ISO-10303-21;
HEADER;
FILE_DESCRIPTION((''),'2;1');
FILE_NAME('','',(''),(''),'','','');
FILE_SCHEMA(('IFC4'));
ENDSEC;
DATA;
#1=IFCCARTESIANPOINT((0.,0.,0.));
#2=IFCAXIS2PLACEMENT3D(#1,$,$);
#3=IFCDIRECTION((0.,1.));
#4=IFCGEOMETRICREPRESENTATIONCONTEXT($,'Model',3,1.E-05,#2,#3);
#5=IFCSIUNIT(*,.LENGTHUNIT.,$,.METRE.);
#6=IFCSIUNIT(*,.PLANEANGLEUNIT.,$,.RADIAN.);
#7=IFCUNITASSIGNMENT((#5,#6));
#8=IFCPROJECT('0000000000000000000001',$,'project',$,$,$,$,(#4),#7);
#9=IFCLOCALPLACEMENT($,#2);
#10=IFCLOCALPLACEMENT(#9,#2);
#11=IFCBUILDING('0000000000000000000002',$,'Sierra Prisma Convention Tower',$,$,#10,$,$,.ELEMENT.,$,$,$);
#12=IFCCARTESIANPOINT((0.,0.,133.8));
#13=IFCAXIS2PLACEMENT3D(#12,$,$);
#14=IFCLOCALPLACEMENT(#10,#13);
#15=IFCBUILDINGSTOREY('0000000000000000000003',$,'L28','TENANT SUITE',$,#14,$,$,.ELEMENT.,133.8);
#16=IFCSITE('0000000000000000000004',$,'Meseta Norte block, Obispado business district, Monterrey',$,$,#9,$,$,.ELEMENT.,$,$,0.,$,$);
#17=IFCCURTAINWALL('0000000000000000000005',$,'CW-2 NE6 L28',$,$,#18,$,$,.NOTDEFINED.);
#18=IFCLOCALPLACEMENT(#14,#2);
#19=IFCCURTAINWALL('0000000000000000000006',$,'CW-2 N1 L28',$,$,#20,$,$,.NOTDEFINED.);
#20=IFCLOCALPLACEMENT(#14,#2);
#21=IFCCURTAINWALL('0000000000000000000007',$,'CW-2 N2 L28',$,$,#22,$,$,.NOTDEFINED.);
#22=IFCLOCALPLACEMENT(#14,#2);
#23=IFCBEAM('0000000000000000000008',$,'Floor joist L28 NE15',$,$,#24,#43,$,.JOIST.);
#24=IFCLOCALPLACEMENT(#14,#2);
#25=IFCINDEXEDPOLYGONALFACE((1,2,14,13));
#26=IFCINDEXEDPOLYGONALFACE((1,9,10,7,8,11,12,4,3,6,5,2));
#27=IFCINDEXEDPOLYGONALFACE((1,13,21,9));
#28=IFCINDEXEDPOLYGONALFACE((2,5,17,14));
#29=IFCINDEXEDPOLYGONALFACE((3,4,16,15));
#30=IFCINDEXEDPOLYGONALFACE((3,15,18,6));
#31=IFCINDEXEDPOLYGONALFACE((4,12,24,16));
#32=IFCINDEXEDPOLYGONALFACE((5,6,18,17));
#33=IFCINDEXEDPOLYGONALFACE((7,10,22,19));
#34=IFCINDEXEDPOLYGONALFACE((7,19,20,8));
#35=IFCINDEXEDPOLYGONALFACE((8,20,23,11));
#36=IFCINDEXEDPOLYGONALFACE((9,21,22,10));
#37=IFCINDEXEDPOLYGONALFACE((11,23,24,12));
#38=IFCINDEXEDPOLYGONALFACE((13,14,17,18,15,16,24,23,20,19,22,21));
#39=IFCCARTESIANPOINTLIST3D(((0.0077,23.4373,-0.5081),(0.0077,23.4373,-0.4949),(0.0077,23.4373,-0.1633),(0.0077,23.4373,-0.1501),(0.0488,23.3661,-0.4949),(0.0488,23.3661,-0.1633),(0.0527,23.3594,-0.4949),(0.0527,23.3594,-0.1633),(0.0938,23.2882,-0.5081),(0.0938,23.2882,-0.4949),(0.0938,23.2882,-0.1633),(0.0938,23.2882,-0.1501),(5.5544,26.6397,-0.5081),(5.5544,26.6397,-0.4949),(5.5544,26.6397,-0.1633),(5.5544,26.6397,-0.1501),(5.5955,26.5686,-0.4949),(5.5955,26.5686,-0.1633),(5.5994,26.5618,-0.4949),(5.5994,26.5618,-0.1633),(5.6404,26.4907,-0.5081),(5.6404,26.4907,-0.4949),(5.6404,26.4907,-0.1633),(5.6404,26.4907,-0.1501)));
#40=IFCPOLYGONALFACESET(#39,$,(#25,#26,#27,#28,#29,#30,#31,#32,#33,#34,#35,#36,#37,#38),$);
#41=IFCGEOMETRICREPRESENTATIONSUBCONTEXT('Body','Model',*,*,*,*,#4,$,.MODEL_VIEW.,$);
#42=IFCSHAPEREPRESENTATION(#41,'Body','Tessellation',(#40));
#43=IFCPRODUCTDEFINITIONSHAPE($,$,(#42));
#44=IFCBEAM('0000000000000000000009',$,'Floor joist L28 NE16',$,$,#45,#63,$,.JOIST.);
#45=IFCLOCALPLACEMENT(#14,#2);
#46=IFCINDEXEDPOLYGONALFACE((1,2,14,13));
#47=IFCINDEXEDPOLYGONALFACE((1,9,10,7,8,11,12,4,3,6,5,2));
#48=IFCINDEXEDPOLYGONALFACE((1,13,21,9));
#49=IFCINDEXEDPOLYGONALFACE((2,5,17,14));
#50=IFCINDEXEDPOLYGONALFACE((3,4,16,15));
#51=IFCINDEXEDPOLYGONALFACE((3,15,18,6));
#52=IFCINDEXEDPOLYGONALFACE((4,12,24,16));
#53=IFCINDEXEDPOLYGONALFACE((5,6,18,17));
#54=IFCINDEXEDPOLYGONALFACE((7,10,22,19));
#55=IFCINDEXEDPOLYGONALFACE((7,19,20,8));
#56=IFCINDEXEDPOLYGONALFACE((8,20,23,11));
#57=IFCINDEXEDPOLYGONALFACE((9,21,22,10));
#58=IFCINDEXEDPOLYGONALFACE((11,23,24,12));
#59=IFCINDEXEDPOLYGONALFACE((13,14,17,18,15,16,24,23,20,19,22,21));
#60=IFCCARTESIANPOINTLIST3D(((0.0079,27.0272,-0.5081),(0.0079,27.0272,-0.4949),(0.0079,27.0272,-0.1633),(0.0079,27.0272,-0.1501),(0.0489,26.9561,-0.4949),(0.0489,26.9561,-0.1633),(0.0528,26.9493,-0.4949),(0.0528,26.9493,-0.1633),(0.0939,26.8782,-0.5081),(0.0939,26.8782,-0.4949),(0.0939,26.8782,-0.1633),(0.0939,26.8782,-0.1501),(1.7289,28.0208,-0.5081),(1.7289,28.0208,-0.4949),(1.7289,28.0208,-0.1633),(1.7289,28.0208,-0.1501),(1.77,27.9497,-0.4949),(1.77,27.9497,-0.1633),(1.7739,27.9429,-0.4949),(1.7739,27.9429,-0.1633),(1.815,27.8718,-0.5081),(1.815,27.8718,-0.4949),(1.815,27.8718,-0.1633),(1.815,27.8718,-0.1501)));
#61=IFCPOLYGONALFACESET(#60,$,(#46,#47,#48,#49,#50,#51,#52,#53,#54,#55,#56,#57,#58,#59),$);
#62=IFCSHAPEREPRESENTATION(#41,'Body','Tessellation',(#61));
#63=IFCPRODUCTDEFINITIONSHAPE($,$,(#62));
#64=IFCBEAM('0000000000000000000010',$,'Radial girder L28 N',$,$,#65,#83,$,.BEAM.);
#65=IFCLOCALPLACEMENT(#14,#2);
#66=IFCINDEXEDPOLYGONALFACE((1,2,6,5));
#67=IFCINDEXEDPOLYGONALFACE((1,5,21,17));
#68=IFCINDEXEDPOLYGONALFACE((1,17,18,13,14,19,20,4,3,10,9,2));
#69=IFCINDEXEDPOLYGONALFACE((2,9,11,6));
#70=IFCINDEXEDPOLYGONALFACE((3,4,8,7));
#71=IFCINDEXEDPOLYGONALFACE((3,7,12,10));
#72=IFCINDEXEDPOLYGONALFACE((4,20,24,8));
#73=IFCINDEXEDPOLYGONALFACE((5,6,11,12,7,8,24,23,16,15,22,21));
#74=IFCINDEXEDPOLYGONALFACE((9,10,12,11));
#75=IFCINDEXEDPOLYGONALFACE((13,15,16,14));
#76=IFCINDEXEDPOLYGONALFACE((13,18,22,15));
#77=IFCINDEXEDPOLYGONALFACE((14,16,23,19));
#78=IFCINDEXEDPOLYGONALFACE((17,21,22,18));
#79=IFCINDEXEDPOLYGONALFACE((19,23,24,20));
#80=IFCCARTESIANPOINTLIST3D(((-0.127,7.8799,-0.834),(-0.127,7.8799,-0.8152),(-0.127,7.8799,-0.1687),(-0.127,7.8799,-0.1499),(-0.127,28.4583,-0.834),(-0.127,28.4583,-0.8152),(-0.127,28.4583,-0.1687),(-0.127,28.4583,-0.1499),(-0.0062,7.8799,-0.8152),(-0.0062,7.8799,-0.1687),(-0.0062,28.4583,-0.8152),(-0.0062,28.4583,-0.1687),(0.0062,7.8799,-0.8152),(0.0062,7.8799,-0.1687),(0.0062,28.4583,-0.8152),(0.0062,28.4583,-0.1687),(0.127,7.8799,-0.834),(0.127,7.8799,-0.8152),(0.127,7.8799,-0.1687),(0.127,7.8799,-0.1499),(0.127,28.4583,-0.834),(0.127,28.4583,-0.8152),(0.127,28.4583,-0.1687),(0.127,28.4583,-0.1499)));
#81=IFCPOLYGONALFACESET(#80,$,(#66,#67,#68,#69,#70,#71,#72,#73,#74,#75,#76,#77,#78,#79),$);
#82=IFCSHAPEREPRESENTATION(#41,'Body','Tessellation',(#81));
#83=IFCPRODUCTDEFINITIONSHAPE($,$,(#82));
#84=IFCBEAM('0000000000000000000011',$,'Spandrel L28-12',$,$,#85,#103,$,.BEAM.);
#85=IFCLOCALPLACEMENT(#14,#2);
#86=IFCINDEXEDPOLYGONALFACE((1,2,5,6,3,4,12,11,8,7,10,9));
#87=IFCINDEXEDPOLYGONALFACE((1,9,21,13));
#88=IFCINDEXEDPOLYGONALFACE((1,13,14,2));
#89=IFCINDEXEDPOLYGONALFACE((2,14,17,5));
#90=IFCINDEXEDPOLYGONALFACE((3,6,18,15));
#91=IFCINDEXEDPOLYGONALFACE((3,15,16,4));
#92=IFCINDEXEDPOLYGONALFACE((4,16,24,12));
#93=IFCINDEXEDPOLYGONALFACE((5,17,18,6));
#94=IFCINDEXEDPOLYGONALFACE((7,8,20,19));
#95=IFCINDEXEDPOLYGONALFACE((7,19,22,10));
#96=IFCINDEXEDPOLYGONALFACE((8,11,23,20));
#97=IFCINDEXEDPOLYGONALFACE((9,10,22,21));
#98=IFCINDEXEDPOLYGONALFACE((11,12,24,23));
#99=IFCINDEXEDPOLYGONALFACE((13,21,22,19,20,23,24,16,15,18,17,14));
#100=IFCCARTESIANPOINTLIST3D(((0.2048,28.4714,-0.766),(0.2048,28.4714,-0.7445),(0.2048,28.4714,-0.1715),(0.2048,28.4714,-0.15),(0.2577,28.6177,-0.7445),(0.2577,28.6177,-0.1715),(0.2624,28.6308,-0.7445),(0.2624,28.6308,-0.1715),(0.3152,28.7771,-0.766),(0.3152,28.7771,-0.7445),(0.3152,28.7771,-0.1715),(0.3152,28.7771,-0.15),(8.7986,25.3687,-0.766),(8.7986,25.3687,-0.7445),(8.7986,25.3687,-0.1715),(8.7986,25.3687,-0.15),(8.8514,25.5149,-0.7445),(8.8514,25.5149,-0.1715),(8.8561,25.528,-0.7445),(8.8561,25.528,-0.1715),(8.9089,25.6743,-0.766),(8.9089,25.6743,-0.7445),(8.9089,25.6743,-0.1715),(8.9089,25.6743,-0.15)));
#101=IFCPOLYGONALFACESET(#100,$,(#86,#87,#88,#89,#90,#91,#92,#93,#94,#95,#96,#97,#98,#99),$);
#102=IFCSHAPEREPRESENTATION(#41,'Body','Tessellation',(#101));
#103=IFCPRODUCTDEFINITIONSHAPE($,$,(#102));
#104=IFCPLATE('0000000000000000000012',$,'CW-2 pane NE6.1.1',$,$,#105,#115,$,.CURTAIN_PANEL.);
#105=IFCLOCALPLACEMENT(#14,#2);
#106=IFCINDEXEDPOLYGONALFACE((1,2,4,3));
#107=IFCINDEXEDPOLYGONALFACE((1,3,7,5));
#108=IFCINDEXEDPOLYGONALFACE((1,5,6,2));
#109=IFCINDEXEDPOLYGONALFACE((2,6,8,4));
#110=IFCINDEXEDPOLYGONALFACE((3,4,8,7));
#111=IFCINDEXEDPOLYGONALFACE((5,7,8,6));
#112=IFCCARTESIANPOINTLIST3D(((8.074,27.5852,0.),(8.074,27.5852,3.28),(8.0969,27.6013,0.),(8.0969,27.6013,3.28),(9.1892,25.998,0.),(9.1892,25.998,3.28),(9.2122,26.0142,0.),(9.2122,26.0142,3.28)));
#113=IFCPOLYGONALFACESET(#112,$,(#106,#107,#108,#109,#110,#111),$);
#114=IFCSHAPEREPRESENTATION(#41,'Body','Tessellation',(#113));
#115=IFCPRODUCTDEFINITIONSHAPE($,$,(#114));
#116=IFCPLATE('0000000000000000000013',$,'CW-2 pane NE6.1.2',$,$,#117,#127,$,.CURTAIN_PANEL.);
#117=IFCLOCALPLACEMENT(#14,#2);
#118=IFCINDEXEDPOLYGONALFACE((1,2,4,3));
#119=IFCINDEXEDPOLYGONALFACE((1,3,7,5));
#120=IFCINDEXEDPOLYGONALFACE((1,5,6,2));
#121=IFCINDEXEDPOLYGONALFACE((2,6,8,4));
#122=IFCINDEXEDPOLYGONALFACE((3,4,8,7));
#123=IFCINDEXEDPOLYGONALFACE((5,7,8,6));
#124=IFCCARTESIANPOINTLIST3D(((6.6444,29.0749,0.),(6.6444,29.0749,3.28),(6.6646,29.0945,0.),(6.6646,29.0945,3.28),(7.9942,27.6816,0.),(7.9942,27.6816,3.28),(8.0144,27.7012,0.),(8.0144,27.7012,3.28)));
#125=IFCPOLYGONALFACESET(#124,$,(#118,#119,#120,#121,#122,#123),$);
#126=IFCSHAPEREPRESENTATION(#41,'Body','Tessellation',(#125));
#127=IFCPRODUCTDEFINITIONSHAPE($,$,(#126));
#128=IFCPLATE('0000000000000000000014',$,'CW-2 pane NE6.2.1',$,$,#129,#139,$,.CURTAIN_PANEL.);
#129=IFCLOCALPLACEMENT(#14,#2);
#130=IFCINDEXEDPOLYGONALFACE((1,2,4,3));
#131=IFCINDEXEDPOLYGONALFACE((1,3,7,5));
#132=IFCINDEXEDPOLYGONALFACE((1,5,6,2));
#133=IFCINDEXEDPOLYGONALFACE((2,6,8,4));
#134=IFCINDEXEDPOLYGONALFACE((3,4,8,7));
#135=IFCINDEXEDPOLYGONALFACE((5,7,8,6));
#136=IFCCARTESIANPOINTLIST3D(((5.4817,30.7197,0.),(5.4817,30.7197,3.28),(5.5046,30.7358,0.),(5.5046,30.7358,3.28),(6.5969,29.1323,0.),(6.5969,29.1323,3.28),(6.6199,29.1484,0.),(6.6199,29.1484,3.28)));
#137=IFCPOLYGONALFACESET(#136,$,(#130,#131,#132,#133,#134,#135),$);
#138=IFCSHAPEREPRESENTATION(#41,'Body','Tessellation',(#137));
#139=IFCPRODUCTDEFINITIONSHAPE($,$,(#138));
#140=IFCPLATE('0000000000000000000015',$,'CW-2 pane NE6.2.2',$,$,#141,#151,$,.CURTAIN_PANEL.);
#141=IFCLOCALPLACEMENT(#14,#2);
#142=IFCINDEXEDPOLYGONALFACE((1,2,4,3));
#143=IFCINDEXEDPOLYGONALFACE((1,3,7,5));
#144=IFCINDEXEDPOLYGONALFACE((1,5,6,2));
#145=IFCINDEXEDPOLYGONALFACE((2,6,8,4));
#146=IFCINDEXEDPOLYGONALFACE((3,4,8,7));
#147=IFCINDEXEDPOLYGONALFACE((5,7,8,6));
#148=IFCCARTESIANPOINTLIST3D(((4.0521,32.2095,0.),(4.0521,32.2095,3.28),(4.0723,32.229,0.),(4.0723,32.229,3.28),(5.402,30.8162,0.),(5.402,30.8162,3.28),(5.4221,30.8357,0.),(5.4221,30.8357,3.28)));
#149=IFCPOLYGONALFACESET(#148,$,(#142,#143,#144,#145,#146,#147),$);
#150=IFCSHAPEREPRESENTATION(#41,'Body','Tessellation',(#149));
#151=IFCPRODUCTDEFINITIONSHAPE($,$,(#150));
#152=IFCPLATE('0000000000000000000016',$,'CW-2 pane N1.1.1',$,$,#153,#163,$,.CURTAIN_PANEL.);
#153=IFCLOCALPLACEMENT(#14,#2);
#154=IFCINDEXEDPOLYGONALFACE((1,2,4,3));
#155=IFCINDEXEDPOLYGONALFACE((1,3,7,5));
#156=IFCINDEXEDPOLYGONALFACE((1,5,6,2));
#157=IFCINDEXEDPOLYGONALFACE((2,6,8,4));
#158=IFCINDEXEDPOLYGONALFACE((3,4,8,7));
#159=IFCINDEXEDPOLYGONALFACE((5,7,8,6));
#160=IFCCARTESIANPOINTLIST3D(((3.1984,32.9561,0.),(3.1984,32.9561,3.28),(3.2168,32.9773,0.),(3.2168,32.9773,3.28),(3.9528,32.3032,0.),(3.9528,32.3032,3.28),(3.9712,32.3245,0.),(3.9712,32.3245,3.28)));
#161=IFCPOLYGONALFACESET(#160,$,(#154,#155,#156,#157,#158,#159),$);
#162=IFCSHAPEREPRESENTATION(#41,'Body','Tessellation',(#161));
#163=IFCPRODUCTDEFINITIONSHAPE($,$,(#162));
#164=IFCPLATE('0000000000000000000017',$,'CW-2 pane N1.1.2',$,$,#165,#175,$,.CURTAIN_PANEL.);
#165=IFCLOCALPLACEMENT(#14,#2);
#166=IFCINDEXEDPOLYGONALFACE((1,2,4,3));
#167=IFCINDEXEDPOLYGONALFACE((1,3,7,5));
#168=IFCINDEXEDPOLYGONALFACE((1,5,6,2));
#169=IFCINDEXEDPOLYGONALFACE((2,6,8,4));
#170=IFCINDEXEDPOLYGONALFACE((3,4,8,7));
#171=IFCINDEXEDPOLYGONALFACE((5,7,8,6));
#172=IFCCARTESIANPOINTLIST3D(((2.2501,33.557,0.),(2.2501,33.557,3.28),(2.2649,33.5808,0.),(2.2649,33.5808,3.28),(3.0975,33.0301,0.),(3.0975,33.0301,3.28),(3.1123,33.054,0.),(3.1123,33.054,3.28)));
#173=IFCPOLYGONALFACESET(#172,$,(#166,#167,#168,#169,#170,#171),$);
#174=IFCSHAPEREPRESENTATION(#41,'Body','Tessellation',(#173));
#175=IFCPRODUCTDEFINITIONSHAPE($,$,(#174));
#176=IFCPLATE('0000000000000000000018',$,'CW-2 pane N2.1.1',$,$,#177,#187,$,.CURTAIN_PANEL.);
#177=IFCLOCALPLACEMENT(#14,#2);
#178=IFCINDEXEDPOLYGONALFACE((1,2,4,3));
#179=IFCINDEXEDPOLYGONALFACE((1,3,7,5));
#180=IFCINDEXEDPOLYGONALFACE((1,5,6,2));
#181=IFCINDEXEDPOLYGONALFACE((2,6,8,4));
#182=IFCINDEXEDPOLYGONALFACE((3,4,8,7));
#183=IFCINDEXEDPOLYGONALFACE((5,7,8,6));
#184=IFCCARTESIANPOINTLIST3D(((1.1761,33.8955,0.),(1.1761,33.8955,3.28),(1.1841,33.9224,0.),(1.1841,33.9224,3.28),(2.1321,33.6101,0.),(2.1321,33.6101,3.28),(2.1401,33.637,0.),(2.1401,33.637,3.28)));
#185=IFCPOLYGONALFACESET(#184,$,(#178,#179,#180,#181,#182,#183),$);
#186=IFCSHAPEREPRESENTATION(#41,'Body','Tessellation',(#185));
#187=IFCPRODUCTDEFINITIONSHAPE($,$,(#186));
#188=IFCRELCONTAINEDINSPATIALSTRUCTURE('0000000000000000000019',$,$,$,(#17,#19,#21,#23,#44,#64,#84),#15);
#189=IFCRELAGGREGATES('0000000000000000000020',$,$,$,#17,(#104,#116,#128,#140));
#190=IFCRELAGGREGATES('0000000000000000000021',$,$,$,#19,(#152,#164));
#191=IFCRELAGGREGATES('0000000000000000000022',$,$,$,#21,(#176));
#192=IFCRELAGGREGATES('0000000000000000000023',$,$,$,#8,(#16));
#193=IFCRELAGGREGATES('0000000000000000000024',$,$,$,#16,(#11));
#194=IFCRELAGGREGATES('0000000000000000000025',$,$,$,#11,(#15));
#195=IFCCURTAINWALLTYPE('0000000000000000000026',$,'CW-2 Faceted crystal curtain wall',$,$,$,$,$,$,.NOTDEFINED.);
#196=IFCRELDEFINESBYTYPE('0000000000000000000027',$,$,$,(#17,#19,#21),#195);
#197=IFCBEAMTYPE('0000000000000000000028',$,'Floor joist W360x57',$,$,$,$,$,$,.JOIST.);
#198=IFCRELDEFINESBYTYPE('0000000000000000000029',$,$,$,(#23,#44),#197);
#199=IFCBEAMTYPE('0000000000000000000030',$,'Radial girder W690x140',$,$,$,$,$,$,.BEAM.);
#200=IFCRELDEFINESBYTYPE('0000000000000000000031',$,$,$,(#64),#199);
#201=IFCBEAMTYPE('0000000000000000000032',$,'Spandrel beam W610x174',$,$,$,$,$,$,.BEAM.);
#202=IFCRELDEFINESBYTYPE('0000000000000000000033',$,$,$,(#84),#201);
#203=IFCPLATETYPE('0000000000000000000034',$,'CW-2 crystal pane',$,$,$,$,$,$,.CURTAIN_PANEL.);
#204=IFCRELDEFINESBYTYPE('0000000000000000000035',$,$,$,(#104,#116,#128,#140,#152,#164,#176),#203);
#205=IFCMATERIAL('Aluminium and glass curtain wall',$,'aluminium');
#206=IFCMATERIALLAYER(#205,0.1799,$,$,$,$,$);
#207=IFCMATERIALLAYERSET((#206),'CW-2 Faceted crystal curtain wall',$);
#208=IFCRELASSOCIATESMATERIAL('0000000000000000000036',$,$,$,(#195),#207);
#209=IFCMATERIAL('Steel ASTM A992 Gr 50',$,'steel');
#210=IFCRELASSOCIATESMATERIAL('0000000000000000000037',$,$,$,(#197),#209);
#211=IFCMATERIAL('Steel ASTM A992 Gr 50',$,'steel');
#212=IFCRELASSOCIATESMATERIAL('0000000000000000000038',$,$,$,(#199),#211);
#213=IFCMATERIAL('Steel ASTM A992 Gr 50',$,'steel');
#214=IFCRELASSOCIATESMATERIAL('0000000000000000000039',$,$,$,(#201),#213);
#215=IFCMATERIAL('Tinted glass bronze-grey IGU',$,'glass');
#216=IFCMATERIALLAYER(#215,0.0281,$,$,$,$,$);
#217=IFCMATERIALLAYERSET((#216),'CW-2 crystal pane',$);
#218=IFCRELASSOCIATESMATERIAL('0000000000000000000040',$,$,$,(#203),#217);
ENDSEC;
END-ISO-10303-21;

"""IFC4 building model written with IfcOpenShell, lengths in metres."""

from ifc_helpers import new_model, si_unit, direction, frame, origin, origin_2d, place, context, subcontext, project, spatial, polyline, i_section, outline, extrude, material, layer, layer_set, material_profile, profile_set, type_object, element, aggregate, save


model = new_model("IFC4")

# Units and contexts
model_context = context("Model", 3, precision=1e-05, world=origin(), true_north=direction((0.0, 1.0)))
body_context = subcontext(model_context, "Body", "Model", "MODEL_VIEW")
ifc_project = project(units=[si_unit("LENGTHUNIT", "METRE"), si_unit("PLANEANGLEUNIT", "RADIAN")], contexts=[model_context])

# Site, building, storey
site_placement = place(None, origin())
site = spatial("IfcSite", under=ifc_project, at=site_placement, Name="Meseta Norte block, Obispado business district, Monterrey", CompositionType="ELEMENT", RefElevation=0.0)
building_placement = place(site_placement, origin())
building = spatial("IfcBuilding", under=site, at=building_placement, Name="Sierra Prisma Convention Tower", CompositionType="ELEMENT")
storey_placement = place(building_placement, frame((0.0, 0.0, 133.8)))
storey = spatial("IfcBuildingStorey", under=building, at=storey_placement, Name="L28", Description="TENANT SUITE", CompositionType="ELEMENT", Elevation=133.8)

# Curtain wall
ifc_material_1 = material(Name="Aluminium and glass curtain wall", Category="aluminium")
ifc_layer_1 = layer(ifc_material_1, 0.1799)
ifc_layer_set_1 = layer_set([ifc_layer_1], Name="CW-2 Faceted crystal curtain wall")
curtain_wall_type = type_object("IfcCurtainWallType", Name="CW-2 Faceted crystal curtain wall", PredefinedType="NOTDEFINED", material=ifc_layer_set_1)
curtain_wall_1_placement = place(storey_placement, origin())
curtain_wall_1 = element("IfcCurtainWall", 1, at=curtain_wall_1_placement, inside=storey, type_object=curtain_wall_type, Name="CW-2 NE6 L28", PredefinedType="NOTDEFINED")

# Curtain walls
curtain_wall_2_placement = place(storey_placement, origin())
curtain_wall_2 = element("IfcCurtainWall", 2, at=curtain_wall_2_placement, inside=storey, type_object=curtain_wall_type, Name="CW-2 N1 L28", PredefinedType="NOTDEFINED")
curtain_wall_3_placement = place(storey_placement, origin())
curtain_wall_3 = element("IfcCurtainWall", 3, at=curtain_wall_3_placement, inside=storey, type_object=curtain_wall_type, Name="CW-2 N2 L28", PredefinedType="NOTDEFINED")

# Beams
ifc_material_2 = material(Name="Steel ASTM A992 Gr 50", Category="steel")
ifc_material_profile_1 = material_profile(ifc_material_2, i_section(OverallWidth=0.1721, OverallDepth=0.3579, WebThickness=0.0078, FlangeThickness=0.0132, at=origin_2d()), Name="W360x57")
ifc_profile_set_1 = profile_set([ifc_material_profile_1], Name="Steel ASTM A992 Gr 50")
beam_type_1 = type_object("IfcBeamType", Name="Floor joist W360x57", PredefinedType="JOIST", material=ifc_profile_set_1)
beam_1_placement = place(storey_placement, frame((5.5974, 26.5652, -0.3291), z_axis=(-0.866022, -0.500005, 0.0), x_axis=(0.500005, -0.866022, 0.0)))
element("IfcBeam", 4, at=beam_1_placement, inside=storey, type_object=beam_type_1, Name="Floor joist L28 NE15", PredefinedType="JOIST", context=body_context, shape_type="SweptSolid", body=[
    extrude(i_section(OverallWidth=0.1721, OverallDepth=0.3579, WebThickness=0.0078, FlangeThickness=0.0132, at=origin_2d()), origin(), (0.0, 0.0, 1.0), 6.4048),
])
beam_2_placement = place(storey_placement, frame((1.772, 27.9463, -0.3291), z_axis=(-0.866042, -0.499971, 0.0), x_axis=(0.499971, -0.866042, 0.0)))
element("IfcBeam", 5, at=beam_2_placement, inside=storey, type_object=beam_type_1, Name="Floor joist L28 NE16", PredefinedType="JOIST", context=body_context, shape_type="SweptSolid", body=[
    extrude(i_section(OverallWidth=0.1721, OverallDepth=0.3579, WebThickness=0.0078, FlangeThickness=0.0132, at=origin_2d()), origin(), (0.0, 0.0, 1.0), 1.9873),
])
ifc_material_3 = material(Name="Steel ASTM A992 Gr 50", Category="steel")
ifc_material_profile_2 = material_profile(ifc_material_3, i_section(OverallWidth=0.2539, OverallDepth=0.6841, WebThickness=0.0125, FlangeThickness=0.0188, at=origin_2d()), Name="W690x140")
ifc_profile_set_2 = profile_set([ifc_material_profile_2], Name="Steel ASTM A992 Gr 50")
beam_type_2 = type_object("IfcBeamType", Name="Radial girder W690x140", PredefinedType="BEAM", material=ifc_profile_set_2)
beam_3_placement = place(storey_placement, frame((0.0, 28.4583, -0.4919), z_axis=(0.0, -1.0, 0.0), x_axis=(1.0, 0.0, 0.0)))
element("IfcBeam", 6, at=beam_3_placement, inside=storey, type_object=beam_type_2, Name="Radial girder L28 N", PredefinedType="BEAM", context=body_context, shape_type="SweptSolid", body=[
    extrude(i_section(OverallWidth=0.2539, OverallDepth=0.6841, WebThickness=0.0125, FlangeThickness=0.0188, at=origin_2d()), origin(), (0.0, 0.0, 1.0), 20.5784),
])
ifc_material_4 = material(Name="Steel ASTM A992 Gr 50", Category="steel")
ifc_material_profile_3 = material_profile(ifc_material_4, i_section(OverallWidth=0.325, OverallDepth=0.616, WebThickness=0.0139, FlangeThickness=0.0215, at=origin_2d()), Name="W610x174")
ifc_profile_set_3 = profile_set([ifc_material_profile_3], Name="Steel ASTM A992 Gr 50")
beam_type_3 = type_object("IfcBeamType", Name="Spandrel beam W610x174", PredefinedType="BEAM", material=ifc_profile_set_3)
beam_4_placement = place(storey_placement, frame((8.8538, 25.5215, -0.458), z_axis=(-0.940572, 0.339595, 0.0), x_axis=(-0.339595, -0.940572, 0.0)))
element("IfcBeam", 7, at=beam_4_placement, inside=storey, type_object=beam_type_3, Name="Spandrel L28-12", PredefinedType="BEAM", context=body_context, shape_type="SweptSolid", body=[
    extrude(i_section(OverallWidth=0.325, OverallDepth=0.616, WebThickness=0.0139, FlangeThickness=0.0215, at=origin_2d()), origin(), (0.0, 0.0, 1.0), 9.1367),
])

# Plates
ifc_material_5 = material(Name="Tinted glass bronze-grey IGU", Category="glass")
ifc_layer_2 = layer(ifc_material_5, 0.0281)
ifc_layer_set_2 = layer_set([ifc_layer_2], Name="CW-2 crystal pane")
plate_type = type_object("IfcPlateType", Name="CW-2 crystal pane", PredefinedType="CURTAIN_PANEL", material=ifc_layer_set_2)
plate_1_placement = place(storey_placement, frame((9.2122, 26.0142, 0.0), z_axis=(0.818208, 0.574923, 0.0), x_axis=(-0.574923, 0.818208, 0.0)))
plate_1 = element("IfcPlate", 8, at=plate_1_placement, type_object=plate_type, Name="CW-2 pane NE6.1.1", PredefinedType="CURTAIN_PANEL", context=body_context, shape_type="SweptSolid", body=[
    extrude(outline(polyline([(0.0, 0.0), (1.9398, 0.0), (1.9398, 3.28), (0.0, 3.28), (0.0, 0.0)])), origin(), (0.0, 0.0, -1.0), 0.0281),
])
plate_2_placement = place(storey_placement, frame((6.6646, 29.0945, 0.0), z_axis=(0.718219, 0.695818, 0.0), x_axis=(0.695818, -0.718219, 0.0)))
plate_2 = element("IfcPlate", 9, at=plate_2_placement, type_object=plate_type, Name="CW-2 pane NE6.1.2", PredefinedType="CURTAIN_PANEL", context=body_context, shape_type="SweptSolid", body=[
    extrude(outline(polyline([(0.0, 0.0), (1.94, 0.0), (1.94, -3.28), (0.0, -3.28), (0.0, 0.0)])), origin(), (0.0, 0.0, -1.0), 0.0281),
])
plate_3_placement = place(storey_placement, frame((6.6199, 29.1484, 0.0), z_axis=(0.818249, 0.574864, 0.0), x_axis=(-0.574864, 0.818249, 0.0)))
plate_3 = element("IfcPlate", 10, at=plate_3_placement, type_object=plate_type, Name="CW-2 pane NE6.2.1", PredefinedType="CURTAIN_PANEL", context=body_context, shape_type="SweptSolid", body=[
    extrude(outline(polyline([(0.0, 0.0), (1.94, 0.0), (1.94, 3.28), (0.0, 3.28), (0.0, 0.0)])), origin(), (0.0, 0.0, -1.0), 0.0281),
])
plate_4_placement = place(storey_placement, frame((4.0723, 32.229, 0.0), z_axis=(0.718219, 0.695818, 0.0), x_axis=(0.695818, -0.718219, 0.0)))
plate_4 = element("IfcPlate", 11, at=plate_4_placement, type_object=plate_type, Name="CW-2 pane NE6.2.2", PredefinedType="CURTAIN_PANEL", context=body_context, shape_type="SweptSolid", body=[
    extrude(outline(polyline([(0.0, 0.0), (1.94, 0.0), (1.94, -3.28), (0.0, -3.28), (0.0, 0.0)])), origin(), (0.0, 0.0, -1.0), 0.0281),
])
aggregate(curtain_wall_1, [plate_1, plate_2, plate_3, plate_4])
plate_5_placement = place(storey_placement, frame((3.9712, 32.3245, 0.0), z_axis=(0.654371, 0.756173, 0.0), x_axis=(-0.756173, 0.654371, 0.0)))
plate_5 = element("IfcPlate", 12, at=plate_5_placement, type_object=plate_type, Name="CW-2 pane N1.1.1", PredefinedType="CURTAIN_PANEL", context=body_context, shape_type="SweptSolid", body=[
    extrude(outline(polyline([(0.0, 0.0), (0.9976, 0.0), (0.9976, 3.28), (0.0, 3.28), (0.0, 0.0)])), origin(), (0.0, 0.0, -1.0), 0.0281),
])
plate_6_placement = place(storey_placement, frame((2.2649, 33.5808, 0.0), z_axis=(0.527996, 0.849247, 0.0), x_axis=(0.849247, -0.527996, 0.0)))
plate_6 = element("IfcPlate", 13, at=plate_6_placement, type_object=plate_type, Name="CW-2 pane N1.1.2", PredefinedType="CURTAIN_PANEL", context=body_context, shape_type="SweptSolid", body=[
    extrude(outline(polyline([(0.0, 0.0), (0.9978, 0.0), (0.9978, -3.28), (0.0, -3.28), (0.0, 0.0)])), origin(), (0.0, 0.0, -1.0), 0.0281),
])
aggregate(curtain_wall_2, [plate_5, plate_6])
plate_7_placement = place(storey_placement, frame((2.1401, 33.637, 0.0), z_axis=(0.286046, 0.958216, 0.0), x_axis=(-0.958216, 0.286046, 0.0)))
plate_7 = element("IfcPlate", 14, at=plate_7_placement, type_object=plate_type, Name="CW-2 pane N2.1.1", PredefinedType="CURTAIN_PANEL", context=body_context, shape_type="SweptSolid", body=[
    extrude(outline(polyline([(0.0, 0.0), (0.9977, 0.0), (0.9977, 3.28), (0.0, 3.28), (0.0, 0.0)])), origin(), (0.0, 0.0, -1.0), 0.0281),
])
aggregate(curtain_wall_3, [plate_7])

save(model, "model.ifc")
